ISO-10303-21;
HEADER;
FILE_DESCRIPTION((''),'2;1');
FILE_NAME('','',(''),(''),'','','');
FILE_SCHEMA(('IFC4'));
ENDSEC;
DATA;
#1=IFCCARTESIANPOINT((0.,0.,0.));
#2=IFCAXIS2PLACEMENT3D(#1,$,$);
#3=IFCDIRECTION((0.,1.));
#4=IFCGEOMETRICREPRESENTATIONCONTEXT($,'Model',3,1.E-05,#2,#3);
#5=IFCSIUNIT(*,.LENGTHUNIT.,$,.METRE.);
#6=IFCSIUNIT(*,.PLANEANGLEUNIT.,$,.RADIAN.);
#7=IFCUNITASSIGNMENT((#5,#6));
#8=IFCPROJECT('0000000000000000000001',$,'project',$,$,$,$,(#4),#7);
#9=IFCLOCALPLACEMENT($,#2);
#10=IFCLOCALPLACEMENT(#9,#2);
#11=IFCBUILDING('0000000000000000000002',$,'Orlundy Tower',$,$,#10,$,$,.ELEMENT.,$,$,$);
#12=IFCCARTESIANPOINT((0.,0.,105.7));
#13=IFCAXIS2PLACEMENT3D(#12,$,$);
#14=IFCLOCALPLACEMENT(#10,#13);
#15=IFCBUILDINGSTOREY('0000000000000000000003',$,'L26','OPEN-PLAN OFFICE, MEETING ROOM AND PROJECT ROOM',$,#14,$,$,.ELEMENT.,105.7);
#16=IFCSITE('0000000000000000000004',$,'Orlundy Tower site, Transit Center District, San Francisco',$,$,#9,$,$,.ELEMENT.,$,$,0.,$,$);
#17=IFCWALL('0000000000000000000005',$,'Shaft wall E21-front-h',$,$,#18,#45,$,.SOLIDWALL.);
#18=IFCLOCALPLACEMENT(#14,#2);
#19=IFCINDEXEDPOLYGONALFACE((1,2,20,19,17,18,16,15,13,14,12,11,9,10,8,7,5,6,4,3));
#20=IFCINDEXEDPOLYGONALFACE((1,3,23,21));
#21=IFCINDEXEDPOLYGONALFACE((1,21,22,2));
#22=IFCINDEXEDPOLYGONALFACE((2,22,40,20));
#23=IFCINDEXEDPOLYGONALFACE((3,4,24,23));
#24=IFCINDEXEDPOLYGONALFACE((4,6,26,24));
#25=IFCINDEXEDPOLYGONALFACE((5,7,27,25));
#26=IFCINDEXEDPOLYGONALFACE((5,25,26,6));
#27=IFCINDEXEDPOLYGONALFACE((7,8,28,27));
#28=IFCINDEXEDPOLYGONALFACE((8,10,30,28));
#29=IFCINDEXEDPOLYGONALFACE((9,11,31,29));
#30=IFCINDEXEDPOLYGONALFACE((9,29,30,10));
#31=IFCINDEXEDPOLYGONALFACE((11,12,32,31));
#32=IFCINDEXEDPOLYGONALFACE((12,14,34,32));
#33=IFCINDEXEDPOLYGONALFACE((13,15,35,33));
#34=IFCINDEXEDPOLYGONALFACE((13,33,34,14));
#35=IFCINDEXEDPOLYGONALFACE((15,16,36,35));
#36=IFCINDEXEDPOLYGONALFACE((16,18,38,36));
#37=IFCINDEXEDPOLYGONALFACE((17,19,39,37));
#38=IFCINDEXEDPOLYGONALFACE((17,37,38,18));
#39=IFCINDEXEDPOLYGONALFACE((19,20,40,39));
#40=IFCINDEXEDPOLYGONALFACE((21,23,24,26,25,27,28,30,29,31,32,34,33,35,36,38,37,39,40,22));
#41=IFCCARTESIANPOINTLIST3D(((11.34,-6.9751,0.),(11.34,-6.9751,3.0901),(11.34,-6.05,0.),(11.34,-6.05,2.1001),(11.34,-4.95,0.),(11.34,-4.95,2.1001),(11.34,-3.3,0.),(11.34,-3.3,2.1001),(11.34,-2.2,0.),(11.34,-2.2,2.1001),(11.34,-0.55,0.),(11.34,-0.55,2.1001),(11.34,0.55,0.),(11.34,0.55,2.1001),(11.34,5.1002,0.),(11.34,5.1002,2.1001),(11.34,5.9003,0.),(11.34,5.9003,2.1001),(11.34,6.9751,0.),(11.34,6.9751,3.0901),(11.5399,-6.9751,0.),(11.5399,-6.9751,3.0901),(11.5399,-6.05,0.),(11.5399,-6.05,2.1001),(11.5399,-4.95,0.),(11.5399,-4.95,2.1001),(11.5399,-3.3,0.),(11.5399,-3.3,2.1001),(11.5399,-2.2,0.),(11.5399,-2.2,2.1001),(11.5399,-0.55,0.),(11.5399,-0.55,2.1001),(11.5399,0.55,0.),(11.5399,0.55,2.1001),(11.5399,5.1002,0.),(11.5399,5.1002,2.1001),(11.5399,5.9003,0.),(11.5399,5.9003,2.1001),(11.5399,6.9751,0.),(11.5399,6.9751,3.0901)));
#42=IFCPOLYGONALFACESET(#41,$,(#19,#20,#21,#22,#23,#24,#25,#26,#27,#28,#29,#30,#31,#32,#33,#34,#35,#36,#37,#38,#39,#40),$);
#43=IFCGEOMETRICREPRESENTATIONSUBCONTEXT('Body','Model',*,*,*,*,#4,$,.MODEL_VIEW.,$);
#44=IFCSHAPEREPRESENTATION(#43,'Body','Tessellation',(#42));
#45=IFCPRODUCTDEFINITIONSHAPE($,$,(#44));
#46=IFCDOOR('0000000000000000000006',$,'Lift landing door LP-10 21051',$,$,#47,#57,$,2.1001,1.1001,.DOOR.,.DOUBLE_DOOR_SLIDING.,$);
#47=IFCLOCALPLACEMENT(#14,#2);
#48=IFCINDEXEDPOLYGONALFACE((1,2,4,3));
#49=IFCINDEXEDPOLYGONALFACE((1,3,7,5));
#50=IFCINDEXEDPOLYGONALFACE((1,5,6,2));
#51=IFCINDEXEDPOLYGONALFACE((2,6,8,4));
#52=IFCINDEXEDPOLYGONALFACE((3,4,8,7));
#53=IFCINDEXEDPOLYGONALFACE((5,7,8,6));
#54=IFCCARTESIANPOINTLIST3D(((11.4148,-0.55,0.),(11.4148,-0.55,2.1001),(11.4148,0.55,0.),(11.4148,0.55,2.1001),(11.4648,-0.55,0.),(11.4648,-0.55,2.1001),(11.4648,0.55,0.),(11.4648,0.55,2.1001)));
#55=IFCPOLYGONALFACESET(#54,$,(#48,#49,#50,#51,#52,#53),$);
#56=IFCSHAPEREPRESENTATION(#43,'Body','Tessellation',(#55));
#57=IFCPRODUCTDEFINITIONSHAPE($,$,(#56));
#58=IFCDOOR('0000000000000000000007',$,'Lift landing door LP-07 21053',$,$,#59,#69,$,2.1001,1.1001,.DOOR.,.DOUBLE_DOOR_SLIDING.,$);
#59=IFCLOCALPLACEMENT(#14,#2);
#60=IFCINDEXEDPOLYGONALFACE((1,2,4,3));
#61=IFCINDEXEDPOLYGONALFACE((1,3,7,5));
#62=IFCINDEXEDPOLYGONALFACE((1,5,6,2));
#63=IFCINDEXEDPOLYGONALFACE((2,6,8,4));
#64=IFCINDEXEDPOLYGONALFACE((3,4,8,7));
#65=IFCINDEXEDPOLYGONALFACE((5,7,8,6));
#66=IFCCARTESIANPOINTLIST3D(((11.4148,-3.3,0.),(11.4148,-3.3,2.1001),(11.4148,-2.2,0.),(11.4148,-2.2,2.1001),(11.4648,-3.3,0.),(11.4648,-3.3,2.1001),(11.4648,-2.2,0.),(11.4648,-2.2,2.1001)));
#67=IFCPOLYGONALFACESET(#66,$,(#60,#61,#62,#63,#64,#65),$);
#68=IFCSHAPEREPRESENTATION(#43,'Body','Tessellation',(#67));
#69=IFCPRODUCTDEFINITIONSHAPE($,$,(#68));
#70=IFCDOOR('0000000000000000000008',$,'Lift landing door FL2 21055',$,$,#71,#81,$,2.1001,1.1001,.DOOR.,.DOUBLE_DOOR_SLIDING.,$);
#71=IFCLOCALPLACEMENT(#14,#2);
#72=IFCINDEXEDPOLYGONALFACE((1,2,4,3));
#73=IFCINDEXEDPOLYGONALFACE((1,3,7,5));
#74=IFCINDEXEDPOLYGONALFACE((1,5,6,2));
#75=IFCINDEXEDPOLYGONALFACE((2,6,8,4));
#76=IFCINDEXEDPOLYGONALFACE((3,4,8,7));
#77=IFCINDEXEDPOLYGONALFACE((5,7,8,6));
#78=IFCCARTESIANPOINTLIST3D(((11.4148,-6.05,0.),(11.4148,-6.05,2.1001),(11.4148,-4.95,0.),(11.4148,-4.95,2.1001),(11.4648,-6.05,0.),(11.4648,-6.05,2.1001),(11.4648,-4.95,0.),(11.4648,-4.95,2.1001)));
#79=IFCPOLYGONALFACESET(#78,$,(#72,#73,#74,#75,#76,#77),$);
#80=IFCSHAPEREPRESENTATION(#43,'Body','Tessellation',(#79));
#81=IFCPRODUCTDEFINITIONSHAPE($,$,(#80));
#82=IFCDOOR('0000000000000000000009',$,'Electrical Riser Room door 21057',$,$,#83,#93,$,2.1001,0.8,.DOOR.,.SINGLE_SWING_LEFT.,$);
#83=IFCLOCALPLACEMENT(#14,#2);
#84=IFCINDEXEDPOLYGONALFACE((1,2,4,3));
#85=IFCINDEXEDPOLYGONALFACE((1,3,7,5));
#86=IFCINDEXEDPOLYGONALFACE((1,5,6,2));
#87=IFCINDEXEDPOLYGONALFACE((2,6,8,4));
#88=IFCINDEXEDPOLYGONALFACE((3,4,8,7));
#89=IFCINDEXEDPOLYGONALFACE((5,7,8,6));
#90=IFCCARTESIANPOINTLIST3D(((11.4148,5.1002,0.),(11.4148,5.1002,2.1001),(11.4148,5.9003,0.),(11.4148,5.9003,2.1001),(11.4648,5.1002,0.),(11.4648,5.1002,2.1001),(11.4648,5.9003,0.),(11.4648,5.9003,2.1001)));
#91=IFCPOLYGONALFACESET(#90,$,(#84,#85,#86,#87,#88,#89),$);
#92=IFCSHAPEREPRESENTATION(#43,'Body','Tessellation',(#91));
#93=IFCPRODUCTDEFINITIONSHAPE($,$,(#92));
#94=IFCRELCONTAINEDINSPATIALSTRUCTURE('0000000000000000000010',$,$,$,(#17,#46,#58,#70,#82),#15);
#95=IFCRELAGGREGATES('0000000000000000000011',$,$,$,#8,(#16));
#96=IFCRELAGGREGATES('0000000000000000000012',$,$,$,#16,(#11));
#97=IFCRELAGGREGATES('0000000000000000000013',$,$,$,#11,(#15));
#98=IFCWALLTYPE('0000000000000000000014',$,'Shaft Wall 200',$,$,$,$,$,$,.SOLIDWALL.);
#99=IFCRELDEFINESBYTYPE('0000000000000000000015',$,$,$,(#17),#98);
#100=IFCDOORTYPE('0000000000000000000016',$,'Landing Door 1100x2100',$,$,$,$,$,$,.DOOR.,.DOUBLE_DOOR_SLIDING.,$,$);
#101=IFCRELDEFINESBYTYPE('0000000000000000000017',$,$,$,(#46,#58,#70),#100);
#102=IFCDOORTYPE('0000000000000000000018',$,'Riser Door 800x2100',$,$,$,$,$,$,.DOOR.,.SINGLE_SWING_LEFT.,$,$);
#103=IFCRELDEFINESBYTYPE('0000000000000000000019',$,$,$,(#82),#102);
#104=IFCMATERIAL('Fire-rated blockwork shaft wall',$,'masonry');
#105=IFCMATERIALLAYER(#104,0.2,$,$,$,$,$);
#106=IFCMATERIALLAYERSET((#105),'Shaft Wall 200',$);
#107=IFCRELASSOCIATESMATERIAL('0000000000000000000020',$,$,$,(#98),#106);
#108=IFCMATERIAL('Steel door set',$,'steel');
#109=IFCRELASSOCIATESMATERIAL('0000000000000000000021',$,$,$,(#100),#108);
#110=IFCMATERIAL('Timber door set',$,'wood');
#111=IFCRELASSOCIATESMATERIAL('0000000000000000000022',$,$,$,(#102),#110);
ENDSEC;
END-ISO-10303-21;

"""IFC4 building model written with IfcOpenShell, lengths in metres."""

from ifc_helpers import new_model, si_unit, direction, frame, frame_2d, origin, place, context, subcontext, project, spatial, rectangle, extrude, material, layer, layer_set, type_object, element, fill, save


model = new_model("IFC4")

# Units and contexts
model_context = context("Model", 3, precision=1e-05, world=origin(), true_north=direction((0.0, 1.0)))
body_context = subcontext(model_context, "Body", "Model", "MODEL_VIEW")
ifc_project = project(units=[si_unit("LENGTHUNIT", "METRE"), si_unit("PLANEANGLEUNIT", "RADIAN")], contexts=[model_context])

# Site, building, storey
site_placement = place(None, origin())
site = spatial("IfcSite", under=ifc_project, at=site_placement, Name="Orlundy Tower site, Transit Center District, San Francisco", CompositionType="ELEMENT", RefElevation=0.0)
building_placement = place(site_placement, origin())
building = spatial("IfcBuilding", under=site, at=building_placement, Name="Orlundy Tower", CompositionType="ELEMENT")
storey_placement = place(building_placement, frame((0.0, 0.0, 105.7)))
storey = spatial("IfcBuildingStorey", under=building, at=storey_placement, Name="L26", Description="OPEN-PLAN OFFICE, MEETING ROOM AND PROJECT ROOM", CompositionType="ELEMENT", Elevation=105.7)

# Shared definitions
ifc_material_1 = material(Name="Fire-rated blockwork shaft wall", Category="masonry")
ifc_layer_1 = layer(ifc_material_1, 0.2)
ifc_layer_set_1 = layer_set([ifc_layer_1], Name="Shaft Wall 200")
wall_type_1 = type_object("IfcWallType", Name="Shaft Wall 200", PredefinedType="SOLIDWALL", material=ifc_layer_set_1)

# Wall, openings, doors
wall_1_placement = place(storey_placement, frame((11.4399, 6.9751, 0.0), z_axis=(0.0, 0.0, 1.0), x_axis=(0.0, -1.0, 0.0)))
wall_1 = element("IfcWall", 1, at=wall_1_placement, inside=storey, type_object=wall_type_1, Name="Shaft wall E21-front-h", PredefinedType="SOLIDWALL", context=body_context, shape_type="SweptSolid", body=[
    extrude(rectangle(XDim=13.9502, YDim=0.2, at=frame_2d((6.9751, 0.0))), origin(), (0.0, 0.0, 1.0), 3.0901),
])
opening_1_placement = place(wall_1_placement, frame((6.425, 0.0, 0.0)))
opening_1 = element("IfcOpeningElement", 2, at=opening_1_placement, cuts=wall_1, PredefinedType="OPENING", context=body_context, shape_type="SweptSolid", body=[
    extrude(rectangle(XDim=1.1001, YDim=2.1001, at=frame_2d((0.55, 1.05))), frame((0.0, 0.1101, 0.0), z_axis=(0.0, -1.0, 0.0), x_axis=(1.0, 0.0, 0.0)), (0.0, 0.0, 1.0), 0.2202),
])
opening_2_placement = place(wall_1_placement, frame((9.175, 0.0, 0.0)))
opening_2 = element("IfcOpeningElement", 3, at=opening_2_placement, cuts=wall_1, PredefinedType="OPENING", context=body_context, shape_type="SweptSolid", body=[
    extrude(rectangle(XDim=1.1001, YDim=2.1001, at=frame_2d((0.55, 1.05))), frame((0.0, 0.1101, 0.0), z_axis=(0.0, -1.0, 0.0), x_axis=(1.0, 0.0, 0.0)), (0.0, 0.0, 1.0), 0.2202),
])
opening_3_placement = place(wall_1_placement, frame((11.925, 0.0, 0.0)))
opening_3 = element("IfcOpeningElement", 4, at=opening_3_placement, cuts=wall_1, PredefinedType="OPENING", context=body_context, shape_type="SweptSolid", body=[
    extrude(rectangle(XDim=1.1001, YDim=2.1001, at=frame_2d((0.55, 1.05))), frame((0.0, 0.1101, 0.0), z_axis=(0.0, -1.0, 0.0), x_axis=(1.0, 0.0, 0.0)), (0.0, 0.0, 1.0), 0.2202),
])
opening_4_placement = place(wall_1_placement, frame((1.075, 0.0, 0.0)))
opening_4 = element("IfcOpeningElement", 5, at=opening_4_placement, cuts=wall_1, PredefinedType="OPENING", context=body_context, shape_type="SweptSolid", body=[
    extrude(rectangle(XDim=0.8, YDim=2.1001, at=frame_2d((0.3999, 1.05))), frame((0.0, 0.1101, 0.0), z_axis=(0.0, -1.0, 0.0), x_axis=(1.0, 0.0, 0.0)), (0.0, 0.0, 1.0), 0.2202),
])
ifc_material_2 = material(Name="Steel door set", Category="steel")
door_type_1 = type_object("IfcDoorType", Name="Landing Door 1100x2100", OperationType="DOUBLE_DOOR_SLIDING", PredefinedType="DOOR", material=ifc_material_2)
door_1_placement = place(opening_1_placement, origin())
door_1 = element("IfcDoor", 6, at=door_1_placement, inside=storey, type_object=door_type_1, Name="Lift landing door LP-10 21051", OperationType="DOUBLE_DOOR_SLIDING", OverallHeight=2.1001, OverallWidth=1.1001, PredefinedType="DOOR", context=body_context, shape_type="SweptSolid", body=[
    extrude(rectangle(XDim=1.1001, YDim=2.1001, at=frame_2d((0.55, 1.05))), frame((0.0, 0.0249, 0.0), z_axis=(0.0, -1.0, 0.0), x_axis=(1.0, 0.0, 0.0)), (0.0, 0.0, 1.0), 0.05),
])
fill(opening_1, door_1)
door_2_placement = place(opening_2_placement, origin())
door_2 = element("IfcDoor", 7, at=door_2_placement, inside=storey, type_object=door_type_1, Name="Lift landing door LP-07 21053", OperationType="DOUBLE_DOOR_SLIDING", OverallHeight=2.1001, OverallWidth=1.1001, PredefinedType="DOOR", context=body_context, shape_type="SweptSolid", body=[
    extrude(rectangle(XDim=1.1001, YDim=2.1001, at=frame_2d((0.55, 1.05))), frame((0.0, 0.0249, 0.0), z_axis=(0.0, -1.0, 0.0), x_axis=(1.0, 0.0, 0.0)), (0.0, 0.0, 1.0), 0.05),
])
fill(opening_2, door_2)
door_3_placement = place(opening_3_placement, origin())
door_3 = element("IfcDoor", 8, at=door_3_placement, inside=storey, type_object=door_type_1, Name="Lift landing door FL2 21055", OperationType="DOUBLE_DOOR_SLIDING", OverallHeight=2.1001, OverallWidth=1.1001, PredefinedType="DOOR", context=body_context, shape_type="SweptSolid", body=[
    extrude(rectangle(XDim=1.1001, YDim=2.1001, at=frame_2d((0.55, 1.05))), frame((0.0, 0.0249, 0.0), z_axis=(0.0, -1.0, 0.0), x_axis=(1.0, 0.0, 0.0)), (0.0, 0.0, 1.0), 0.05),
])
fill(opening_3, door_3)
ifc_material_3 = material(Name="Timber door set", Category="wood")
door_type_2 = type_object("IfcDoorType", Name="Riser Door 800x2100", OperationType="SINGLE_SWING_LEFT", PredefinedType="DOOR", material=ifc_material_3)
door_4_placement = place(opening_4_placement, origin())
door_4 = element("IfcDoor", 9, at=door_4_placement, inside=storey, type_object=door_type_2, Name="Electrical Riser Room door 21057", OperationType="SINGLE_SWING_LEFT", OverallHeight=2.1001, OverallWidth=0.8, PredefinedType="DOOR", context=body_context, shape_type="SweptSolid", body=[
    extrude(rectangle(XDim=0.8, YDim=2.1001, at=frame_2d((0.3999, 1.05))), frame((0.0, 0.0249, 0.0), z_axis=(0.0, -1.0, 0.0), x_axis=(1.0, 0.0, 0.0)), (0.0, 0.0, 1.0), 0.05),
])
fill(opening_4, door_4)

save(model, "model.ifc")
